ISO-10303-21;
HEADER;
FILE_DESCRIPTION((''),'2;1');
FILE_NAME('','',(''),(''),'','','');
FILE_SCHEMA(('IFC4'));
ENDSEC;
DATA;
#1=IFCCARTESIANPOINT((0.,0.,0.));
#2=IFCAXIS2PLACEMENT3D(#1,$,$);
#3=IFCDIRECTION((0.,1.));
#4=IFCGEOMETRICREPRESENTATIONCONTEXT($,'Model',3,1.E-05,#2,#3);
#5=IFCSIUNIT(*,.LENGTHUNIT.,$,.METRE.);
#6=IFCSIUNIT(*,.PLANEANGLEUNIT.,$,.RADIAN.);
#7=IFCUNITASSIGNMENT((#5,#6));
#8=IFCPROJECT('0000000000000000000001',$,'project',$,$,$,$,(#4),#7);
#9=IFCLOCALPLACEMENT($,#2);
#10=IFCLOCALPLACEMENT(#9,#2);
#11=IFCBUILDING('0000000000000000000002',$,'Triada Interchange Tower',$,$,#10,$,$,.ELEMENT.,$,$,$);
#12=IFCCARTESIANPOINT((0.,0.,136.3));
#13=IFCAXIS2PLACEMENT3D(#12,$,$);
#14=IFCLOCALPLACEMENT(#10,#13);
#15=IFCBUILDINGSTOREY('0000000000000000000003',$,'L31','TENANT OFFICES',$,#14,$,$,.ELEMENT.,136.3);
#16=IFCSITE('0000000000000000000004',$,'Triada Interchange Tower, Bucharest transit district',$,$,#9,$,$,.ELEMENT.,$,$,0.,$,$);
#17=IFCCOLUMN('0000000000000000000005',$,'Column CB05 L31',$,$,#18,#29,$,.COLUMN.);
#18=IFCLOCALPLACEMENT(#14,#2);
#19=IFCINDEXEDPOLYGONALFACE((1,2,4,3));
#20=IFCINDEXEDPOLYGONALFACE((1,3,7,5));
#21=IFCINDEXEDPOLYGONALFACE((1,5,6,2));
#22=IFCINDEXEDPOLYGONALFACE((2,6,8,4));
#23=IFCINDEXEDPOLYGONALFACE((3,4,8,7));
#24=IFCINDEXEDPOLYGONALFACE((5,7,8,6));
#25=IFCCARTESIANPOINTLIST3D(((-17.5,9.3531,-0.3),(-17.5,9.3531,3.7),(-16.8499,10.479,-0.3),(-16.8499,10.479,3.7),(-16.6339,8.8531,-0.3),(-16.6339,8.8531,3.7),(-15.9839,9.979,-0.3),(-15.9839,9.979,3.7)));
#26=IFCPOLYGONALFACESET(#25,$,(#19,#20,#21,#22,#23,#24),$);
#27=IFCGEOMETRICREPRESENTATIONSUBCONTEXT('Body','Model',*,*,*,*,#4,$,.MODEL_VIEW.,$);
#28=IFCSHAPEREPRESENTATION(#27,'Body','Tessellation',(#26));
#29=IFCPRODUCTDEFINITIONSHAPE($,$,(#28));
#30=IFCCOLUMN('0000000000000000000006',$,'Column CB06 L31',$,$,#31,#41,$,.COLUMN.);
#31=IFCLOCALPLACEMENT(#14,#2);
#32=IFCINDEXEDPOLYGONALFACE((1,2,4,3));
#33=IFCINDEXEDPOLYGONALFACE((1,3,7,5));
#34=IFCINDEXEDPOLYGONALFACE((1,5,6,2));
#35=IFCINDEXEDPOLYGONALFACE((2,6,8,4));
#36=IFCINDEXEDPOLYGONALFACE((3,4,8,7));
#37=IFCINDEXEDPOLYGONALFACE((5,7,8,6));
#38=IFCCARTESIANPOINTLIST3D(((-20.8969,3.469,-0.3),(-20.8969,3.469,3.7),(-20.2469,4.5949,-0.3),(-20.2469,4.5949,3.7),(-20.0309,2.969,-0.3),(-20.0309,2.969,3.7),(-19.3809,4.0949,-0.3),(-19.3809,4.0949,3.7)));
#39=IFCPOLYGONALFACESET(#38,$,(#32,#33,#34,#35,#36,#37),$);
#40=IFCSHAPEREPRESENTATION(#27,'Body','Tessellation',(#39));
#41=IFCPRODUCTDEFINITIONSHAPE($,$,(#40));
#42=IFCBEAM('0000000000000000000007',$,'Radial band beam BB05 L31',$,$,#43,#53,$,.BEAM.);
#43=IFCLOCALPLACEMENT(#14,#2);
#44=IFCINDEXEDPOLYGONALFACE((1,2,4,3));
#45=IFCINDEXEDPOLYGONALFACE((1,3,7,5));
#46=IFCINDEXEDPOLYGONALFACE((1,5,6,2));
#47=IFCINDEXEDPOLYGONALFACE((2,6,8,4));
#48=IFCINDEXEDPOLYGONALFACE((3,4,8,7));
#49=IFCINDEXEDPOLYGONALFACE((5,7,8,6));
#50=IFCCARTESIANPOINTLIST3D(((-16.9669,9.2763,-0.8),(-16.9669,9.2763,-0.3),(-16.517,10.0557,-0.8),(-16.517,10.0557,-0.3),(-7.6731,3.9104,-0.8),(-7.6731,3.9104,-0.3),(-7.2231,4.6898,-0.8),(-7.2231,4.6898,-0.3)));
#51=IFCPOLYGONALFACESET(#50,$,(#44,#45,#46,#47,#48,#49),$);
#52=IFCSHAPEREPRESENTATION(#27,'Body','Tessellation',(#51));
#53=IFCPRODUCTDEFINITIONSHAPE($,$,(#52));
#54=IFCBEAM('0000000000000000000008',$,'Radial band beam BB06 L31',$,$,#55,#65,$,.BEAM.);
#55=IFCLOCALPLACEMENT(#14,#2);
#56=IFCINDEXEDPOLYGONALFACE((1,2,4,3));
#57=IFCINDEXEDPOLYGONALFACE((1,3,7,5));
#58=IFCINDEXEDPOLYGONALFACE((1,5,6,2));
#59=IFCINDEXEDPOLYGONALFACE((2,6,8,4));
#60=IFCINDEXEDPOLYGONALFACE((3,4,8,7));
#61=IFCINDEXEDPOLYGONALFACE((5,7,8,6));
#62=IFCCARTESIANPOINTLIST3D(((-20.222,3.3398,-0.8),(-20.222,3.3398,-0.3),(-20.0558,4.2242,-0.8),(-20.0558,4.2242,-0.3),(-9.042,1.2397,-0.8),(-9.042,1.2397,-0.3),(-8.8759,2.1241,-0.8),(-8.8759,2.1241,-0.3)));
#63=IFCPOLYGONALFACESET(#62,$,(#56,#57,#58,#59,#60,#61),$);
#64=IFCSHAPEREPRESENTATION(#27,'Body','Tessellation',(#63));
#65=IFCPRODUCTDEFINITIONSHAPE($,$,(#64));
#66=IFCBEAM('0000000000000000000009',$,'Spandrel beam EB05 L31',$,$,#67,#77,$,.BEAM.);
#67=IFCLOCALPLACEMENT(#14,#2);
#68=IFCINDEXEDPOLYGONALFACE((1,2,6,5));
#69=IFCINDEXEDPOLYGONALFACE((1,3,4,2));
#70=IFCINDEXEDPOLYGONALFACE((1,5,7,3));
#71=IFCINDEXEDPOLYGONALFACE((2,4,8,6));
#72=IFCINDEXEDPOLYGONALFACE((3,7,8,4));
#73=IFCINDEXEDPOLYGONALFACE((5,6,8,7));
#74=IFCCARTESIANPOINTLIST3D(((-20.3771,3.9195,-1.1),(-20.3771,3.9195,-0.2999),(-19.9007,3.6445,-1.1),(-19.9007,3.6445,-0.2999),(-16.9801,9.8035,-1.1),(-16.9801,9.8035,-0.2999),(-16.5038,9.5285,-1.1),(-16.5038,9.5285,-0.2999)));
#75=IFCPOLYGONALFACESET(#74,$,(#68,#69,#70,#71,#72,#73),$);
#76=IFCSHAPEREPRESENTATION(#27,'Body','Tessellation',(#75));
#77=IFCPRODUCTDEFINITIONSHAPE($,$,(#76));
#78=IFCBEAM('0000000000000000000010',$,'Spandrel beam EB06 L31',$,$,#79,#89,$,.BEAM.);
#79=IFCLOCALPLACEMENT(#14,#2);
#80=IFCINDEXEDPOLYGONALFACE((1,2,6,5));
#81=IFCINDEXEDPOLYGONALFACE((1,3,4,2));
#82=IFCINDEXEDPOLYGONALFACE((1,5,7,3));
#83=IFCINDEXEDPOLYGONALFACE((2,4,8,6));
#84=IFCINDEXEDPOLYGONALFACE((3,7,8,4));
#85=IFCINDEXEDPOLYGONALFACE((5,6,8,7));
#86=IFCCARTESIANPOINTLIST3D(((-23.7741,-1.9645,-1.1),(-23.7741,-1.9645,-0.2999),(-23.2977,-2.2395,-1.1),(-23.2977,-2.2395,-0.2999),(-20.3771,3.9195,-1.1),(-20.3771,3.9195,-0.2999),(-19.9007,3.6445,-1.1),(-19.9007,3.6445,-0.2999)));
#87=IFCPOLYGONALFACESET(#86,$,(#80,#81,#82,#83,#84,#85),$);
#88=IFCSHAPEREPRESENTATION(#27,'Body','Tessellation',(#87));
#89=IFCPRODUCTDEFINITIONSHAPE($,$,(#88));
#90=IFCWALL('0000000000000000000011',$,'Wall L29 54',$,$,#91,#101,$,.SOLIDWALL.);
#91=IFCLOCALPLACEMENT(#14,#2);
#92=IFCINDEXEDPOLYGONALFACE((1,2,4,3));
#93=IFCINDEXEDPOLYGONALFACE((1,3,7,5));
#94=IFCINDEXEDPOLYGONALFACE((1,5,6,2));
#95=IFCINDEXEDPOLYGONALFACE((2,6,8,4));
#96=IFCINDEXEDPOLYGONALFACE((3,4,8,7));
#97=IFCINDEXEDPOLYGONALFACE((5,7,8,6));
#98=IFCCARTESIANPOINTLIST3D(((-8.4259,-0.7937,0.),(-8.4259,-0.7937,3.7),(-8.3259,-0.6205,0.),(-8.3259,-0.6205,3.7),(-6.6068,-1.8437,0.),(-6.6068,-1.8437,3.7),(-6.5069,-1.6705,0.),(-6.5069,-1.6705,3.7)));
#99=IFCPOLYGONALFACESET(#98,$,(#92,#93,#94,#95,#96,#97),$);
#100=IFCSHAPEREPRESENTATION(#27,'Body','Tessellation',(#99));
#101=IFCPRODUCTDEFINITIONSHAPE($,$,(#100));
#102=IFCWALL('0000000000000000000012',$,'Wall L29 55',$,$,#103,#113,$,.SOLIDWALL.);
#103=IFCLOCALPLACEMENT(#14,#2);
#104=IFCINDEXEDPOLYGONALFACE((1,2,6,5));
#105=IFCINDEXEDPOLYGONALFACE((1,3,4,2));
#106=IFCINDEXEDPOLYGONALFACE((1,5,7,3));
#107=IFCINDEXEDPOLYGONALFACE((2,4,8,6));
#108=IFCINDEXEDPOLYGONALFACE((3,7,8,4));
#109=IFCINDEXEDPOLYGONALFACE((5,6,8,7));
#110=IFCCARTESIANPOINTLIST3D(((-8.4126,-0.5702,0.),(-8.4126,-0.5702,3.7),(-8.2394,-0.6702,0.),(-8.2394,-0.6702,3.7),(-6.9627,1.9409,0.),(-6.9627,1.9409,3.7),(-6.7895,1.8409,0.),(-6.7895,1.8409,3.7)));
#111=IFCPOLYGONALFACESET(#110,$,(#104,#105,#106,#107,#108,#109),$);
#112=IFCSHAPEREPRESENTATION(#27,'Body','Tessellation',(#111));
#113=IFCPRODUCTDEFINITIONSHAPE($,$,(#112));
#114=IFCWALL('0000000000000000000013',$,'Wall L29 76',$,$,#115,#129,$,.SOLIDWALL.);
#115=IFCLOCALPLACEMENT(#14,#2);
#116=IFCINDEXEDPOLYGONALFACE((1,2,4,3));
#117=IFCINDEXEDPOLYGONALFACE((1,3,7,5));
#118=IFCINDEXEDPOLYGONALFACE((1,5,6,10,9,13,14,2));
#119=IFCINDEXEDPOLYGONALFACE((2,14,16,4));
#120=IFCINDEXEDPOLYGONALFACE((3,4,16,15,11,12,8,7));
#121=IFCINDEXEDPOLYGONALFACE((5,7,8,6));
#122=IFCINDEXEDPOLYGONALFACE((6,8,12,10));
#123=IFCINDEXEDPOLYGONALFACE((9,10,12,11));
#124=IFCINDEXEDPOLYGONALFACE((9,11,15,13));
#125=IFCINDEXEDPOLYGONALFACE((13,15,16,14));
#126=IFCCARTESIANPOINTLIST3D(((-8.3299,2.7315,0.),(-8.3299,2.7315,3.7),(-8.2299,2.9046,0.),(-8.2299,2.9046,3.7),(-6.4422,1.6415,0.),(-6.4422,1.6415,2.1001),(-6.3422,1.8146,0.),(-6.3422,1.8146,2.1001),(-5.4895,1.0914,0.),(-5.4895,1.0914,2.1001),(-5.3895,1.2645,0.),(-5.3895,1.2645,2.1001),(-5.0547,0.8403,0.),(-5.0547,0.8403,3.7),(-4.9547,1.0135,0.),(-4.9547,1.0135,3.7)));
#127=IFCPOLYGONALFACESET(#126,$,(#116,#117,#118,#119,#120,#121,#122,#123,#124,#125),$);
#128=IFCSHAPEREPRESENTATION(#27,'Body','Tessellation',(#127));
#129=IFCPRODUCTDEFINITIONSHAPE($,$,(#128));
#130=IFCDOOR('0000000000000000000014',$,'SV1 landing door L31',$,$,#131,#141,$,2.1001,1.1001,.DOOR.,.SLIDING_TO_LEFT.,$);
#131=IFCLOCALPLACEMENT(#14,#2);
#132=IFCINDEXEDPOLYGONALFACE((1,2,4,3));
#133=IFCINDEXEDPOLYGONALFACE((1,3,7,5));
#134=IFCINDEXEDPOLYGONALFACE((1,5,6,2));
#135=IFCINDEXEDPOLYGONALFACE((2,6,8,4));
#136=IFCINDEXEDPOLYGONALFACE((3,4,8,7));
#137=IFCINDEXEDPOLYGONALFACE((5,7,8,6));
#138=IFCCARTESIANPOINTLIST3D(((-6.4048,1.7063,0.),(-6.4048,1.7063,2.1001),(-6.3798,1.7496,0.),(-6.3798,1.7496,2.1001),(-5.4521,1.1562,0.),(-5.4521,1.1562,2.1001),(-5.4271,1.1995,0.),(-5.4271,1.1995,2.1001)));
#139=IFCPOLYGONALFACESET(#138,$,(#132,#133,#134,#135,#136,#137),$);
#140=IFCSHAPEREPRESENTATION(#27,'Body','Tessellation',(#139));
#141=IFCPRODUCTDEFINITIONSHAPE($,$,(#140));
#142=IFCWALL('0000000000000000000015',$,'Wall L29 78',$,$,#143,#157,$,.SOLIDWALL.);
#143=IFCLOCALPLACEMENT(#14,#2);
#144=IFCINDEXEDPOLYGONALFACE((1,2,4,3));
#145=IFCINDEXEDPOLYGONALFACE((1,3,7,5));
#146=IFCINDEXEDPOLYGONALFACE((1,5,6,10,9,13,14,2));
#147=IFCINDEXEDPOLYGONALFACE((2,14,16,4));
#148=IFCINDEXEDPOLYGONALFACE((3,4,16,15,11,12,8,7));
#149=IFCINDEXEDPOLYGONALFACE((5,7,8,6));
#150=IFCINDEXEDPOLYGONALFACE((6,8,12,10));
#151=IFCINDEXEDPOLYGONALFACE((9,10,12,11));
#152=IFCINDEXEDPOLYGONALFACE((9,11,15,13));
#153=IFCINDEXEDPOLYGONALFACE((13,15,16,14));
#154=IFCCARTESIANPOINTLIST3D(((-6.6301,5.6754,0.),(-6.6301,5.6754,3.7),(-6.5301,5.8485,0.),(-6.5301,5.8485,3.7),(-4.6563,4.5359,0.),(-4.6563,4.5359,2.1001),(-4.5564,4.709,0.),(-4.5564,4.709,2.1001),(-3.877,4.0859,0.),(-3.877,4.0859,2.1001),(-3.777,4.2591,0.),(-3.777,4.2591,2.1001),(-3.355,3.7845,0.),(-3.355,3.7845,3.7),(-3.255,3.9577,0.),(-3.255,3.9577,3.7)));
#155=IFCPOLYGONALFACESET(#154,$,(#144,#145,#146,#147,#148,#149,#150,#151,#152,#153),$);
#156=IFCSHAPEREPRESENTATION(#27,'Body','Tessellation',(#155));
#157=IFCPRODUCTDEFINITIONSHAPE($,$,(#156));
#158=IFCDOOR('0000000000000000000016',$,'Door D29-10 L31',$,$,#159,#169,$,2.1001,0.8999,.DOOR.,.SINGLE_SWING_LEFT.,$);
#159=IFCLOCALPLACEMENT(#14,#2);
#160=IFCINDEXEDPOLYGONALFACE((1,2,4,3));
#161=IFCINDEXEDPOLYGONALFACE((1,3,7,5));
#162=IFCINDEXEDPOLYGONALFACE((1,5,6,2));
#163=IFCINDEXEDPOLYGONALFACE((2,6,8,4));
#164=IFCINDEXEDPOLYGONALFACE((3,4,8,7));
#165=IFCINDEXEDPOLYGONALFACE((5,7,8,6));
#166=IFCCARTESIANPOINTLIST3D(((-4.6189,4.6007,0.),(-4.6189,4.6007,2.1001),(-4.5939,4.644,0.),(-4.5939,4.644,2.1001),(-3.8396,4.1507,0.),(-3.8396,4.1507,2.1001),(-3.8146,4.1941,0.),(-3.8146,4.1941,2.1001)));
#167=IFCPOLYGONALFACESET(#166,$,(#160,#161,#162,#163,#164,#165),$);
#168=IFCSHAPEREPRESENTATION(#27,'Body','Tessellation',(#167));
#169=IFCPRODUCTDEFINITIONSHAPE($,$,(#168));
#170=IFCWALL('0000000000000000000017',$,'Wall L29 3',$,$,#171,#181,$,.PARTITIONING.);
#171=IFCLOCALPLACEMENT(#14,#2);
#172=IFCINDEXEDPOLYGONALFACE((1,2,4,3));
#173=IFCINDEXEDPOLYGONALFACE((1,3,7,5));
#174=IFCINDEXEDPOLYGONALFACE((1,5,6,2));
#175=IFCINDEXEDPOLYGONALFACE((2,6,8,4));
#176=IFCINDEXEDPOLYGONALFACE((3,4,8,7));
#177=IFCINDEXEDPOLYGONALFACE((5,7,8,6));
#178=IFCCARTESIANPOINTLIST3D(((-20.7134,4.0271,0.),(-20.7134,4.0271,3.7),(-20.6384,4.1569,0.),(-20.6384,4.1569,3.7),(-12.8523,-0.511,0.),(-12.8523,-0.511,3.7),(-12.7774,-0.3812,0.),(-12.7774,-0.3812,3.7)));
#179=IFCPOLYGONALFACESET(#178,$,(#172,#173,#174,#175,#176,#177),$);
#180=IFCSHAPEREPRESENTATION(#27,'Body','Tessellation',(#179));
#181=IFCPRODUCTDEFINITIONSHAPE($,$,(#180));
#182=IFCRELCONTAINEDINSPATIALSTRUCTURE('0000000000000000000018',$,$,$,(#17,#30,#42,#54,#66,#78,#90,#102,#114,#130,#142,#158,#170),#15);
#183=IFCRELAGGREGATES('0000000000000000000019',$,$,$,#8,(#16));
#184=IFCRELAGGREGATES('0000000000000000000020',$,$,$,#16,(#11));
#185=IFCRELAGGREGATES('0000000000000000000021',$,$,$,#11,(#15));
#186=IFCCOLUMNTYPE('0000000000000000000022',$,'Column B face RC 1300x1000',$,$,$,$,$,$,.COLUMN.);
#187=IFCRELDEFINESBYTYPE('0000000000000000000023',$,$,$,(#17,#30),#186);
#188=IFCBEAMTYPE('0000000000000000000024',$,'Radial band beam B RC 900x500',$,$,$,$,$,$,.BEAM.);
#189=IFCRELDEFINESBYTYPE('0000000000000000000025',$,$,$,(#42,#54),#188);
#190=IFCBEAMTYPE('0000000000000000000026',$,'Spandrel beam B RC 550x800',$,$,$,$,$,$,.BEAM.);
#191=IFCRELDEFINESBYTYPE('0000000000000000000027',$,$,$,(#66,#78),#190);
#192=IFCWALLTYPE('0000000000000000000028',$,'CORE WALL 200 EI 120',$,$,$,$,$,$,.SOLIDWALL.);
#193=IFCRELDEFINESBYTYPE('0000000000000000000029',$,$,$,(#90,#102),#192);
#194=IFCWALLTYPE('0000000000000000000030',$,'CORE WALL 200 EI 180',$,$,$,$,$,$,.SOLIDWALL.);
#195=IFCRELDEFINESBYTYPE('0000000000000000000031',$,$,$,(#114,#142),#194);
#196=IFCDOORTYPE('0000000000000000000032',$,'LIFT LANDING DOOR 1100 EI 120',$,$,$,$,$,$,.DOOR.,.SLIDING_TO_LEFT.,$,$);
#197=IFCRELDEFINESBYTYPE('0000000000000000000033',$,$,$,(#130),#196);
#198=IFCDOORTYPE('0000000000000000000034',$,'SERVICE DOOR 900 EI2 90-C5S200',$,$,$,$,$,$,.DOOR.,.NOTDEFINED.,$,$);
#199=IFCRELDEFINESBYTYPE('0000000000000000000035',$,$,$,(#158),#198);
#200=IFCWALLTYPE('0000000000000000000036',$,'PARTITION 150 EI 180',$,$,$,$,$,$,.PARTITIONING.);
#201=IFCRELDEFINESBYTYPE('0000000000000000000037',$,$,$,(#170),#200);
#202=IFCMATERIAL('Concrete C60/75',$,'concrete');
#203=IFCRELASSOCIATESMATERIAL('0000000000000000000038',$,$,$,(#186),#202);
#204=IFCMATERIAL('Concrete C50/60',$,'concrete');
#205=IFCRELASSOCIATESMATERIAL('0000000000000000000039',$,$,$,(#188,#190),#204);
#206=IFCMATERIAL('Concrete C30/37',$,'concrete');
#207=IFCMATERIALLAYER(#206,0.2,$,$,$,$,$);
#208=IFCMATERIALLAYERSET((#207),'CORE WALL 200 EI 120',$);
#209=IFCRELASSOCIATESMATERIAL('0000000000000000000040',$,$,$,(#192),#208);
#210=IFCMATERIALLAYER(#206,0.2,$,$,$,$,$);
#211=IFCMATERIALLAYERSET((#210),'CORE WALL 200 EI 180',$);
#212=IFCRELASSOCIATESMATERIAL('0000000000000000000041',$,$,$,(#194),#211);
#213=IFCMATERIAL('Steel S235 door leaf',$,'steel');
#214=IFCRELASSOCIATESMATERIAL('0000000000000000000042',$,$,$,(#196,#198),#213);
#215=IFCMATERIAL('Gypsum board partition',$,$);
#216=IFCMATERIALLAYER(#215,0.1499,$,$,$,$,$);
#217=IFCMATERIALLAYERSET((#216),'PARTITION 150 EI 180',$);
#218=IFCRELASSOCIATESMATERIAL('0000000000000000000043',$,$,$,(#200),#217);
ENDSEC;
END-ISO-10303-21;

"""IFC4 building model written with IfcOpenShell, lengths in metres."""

from ifc_helpers import new_model, si_unit, direction, frame, frame_2d, origin, origin_2d, place, context, subcontext, project, spatial, rectangle, extrude, material, layer, layer_set, material_profile, profile_set, type_object, element, fill, save


model = new_model("IFC4")

# Units and contexts
model_context = context("Model", 3, precision=1e-05, world=origin(), true_north=direction((0.0, 1.0)))
body_context = subcontext(model_context, "Body", "Model", "MODEL_VIEW")
ifc_project = project(units=[si_unit("LENGTHUNIT", "METRE"), si_unit("PLANEANGLEUNIT", "RADIAN")], contexts=[model_context])

# Site, building, storey
site_placement = place(None, origin())
site = spatial("IfcSite", under=ifc_project, at=site_placement, Name="Triada Interchange Tower, Bucharest transit district", CompositionType="ELEMENT", RefElevation=0.0)
building_placement = place(site_placement, origin())
building = spatial("IfcBuilding", under=site, at=building_placement, Name="Triada Interchange Tower", CompositionType="ELEMENT")
storey_placement = place(building_placement, frame((0.0, 0.0, 136.3)))
storey = spatial("IfcBuildingStorey", under=building, at=storey_placement, Name="L31", Description="TENANT OFFICES", CompositionType="ELEMENT", Elevation=136.3)

# Columns
ifc_material_1 = material(Name="Concrete C60/75", Category="concrete")
ifc_material_profile_1 = material_profile(ifc_material_1, rectangle(XDim=1.3, YDim=1.0, at=origin_2d()), Name="RC 1300x1000")
ifc_profile_set_1 = profile_set([ifc_material_profile_1], Name="Concrete C60/75")
column_type = type_object("IfcColumnType", Name="Column B face RC 1300x1000", PredefinedType="COLUMN", material=ifc_profile_set_1)
for number, where, z_axis, x_axis, name in (
    (1, (-16.7419, 9.666, -0.3), (0.0, 0.0, 1.0), (0.5, 0.866025, 0.0), "Column CB05 L31"),
    (2, (-20.1389, 3.782, -0.3), (0.0, 0.0, 1.0), (0.5, 0.866025, 0.0), "Column CB06 L31"),
):
    element("IfcColumn", number, at=place(storey_placement, frame(where, z_axis=z_axis, x_axis=x_axis)), inside=storey, type_object=column_type, Name=name, PredefinedType="COLUMN", context=body_context, shape_type="SweptSolid", body=[
        extrude(rectangle(XDim=1.3, YDim=1.0, at=origin_2d()), origin(), (0.0, 0.0, 1.0), 4.0),
    ])

# Beams
ifc_material_2 = material(Name="Concrete C50/60", Category="concrete")
ifc_material_profile_2 = material_profile(ifc_material_2, rectangle(XDim=0.8999, YDim=0.5, at=origin_2d()), Name="RC 900x500")
ifc_profile_set_2 = profile_set([ifc_material_profile_2], Name="Concrete C50/60")
beam_type_1 = type_object("IfcBeamType", Name="Radial band beam B RC 900x500", PredefinedType="BEAM", material=ifc_profile_set_2)
beam_1_placement = place(storey_placement, frame((-16.7419, 9.666, -0.55), z_axis=(0.866021, -0.500007, 0.0), x_axis=(0.500007, 0.866021, 0.0)))
element("IfcBeam", 3, at=beam_1_placement, inside=storey, type_object=beam_type_1, Name="Radial band beam BB05 L31", PredefinedType="BEAM", context=body_context, shape_type="SweptSolid", body=[
    extrude(rectangle(XDim=0.8999, YDim=0.5, at=origin_2d()), origin(), (0.0, 0.0, 1.0), 10.7317),
])
beam_2_placement = place(storey_placement, frame((-20.1389, 3.782, -0.55), z_axis=(0.982811, -0.184616, 0.0), x_axis=(0.184616, 0.982811, 0.0)))
element("IfcBeam", 4, at=beam_2_placement, inside=storey, type_object=beam_type_1, Name="Radial band beam BB06 L31", PredefinedType="BEAM", context=body_context, shape_type="SweptSolid", body=[
    extrude(rectangle(XDim=0.8999, YDim=0.5, at=origin_2d()), origin(), (0.0, 0.0, 1.0), 11.3755),
])
ifc_material_profile_3 = material_profile(ifc_material_2, rectangle(XDim=0.55, YDim=0.8, at=origin_2d()), Name="RC 550x800")
ifc_profile_set_3 = profile_set([ifc_material_profile_3], Name="Concrete C50/60")
beam_type_2 = type_object("IfcBeamType", Name="Spandrel beam B RC 550x800", PredefinedType="BEAM", material=ifc_profile_set_3)
for number, where, z_axis, x_axis, name in (
    (5, (-16.7419, 9.666, -0.7), (-0.499981, -0.866037, 0.0), (0.866037, -0.499981, 0.0), "Spandrel beam EB05 L31"),
    (6, (-20.1389, 3.782, -0.7), (-0.499981, -0.866037, 0.0), (0.866037, -0.499981, 0.0), "Spandrel beam EB06 L31"),
):
    element("IfcBeam", number, at=place(storey_placement, frame(where, z_axis=z_axis, x_axis=x_axis)), inside=storey, type_object=beam_type_2, Name=name, PredefinedType="BEAM", context=body_context, shape_type="SweptSolid", body=[
        extrude(rectangle(XDim=0.55, YDim=0.8, at=origin_2d()), origin(), (0.0, 0.0, 1.0), 6.7942),
    ])

# Walls
ifc_material_3 = material(Name="Concrete C30/37", Category="concrete")
ifc_layer_1 = layer(ifc_material_3, 0.2)
ifc_layer_set_1 = layer_set([ifc_layer_1], Name="CORE WALL 200 EI 120")
wall_type_1 = type_object("IfcWallType", Name="CORE WALL 200 EI 120", PredefinedType="SOLIDWALL", material=ifc_layer_set_1)
wall_1_placement = place(storey_placement, frame((-8.376, -0.707, 0.0), z_axis=(0.0, 0.0, 1.0), x_axis=(0.866068, -0.499927, 0.0)))
element("IfcWall", 7, at=wall_1_placement, inside=storey, type_object=wall_type_1, Name="Wall L29 54", PredefinedType="SOLIDWALL", context=body_context, shape_type="SweptSolid", body=[
    extrude(rectangle(XDim=2.1003, YDim=0.2, at=frame_2d((1.0503, 0.0))), origin(), (0.0, 0.0, 1.0), 3.7),
])
wall_2_placement = place(storey_placement, frame((-8.3259, -0.6201, 0.0), z_axis=(0.0, 0.0, 1.0), x_axis=(0.500024, 0.866012, 0.0)))
element("IfcWall", 8, at=wall_2_placement, inside=storey, type_object=wall_type_1, Name="Wall L29 55", PredefinedType="SOLIDWALL", context=body_context, shape_type="SweptSolid", body=[
    extrude(rectangle(XDim=2.8997, YDim=0.2, at=frame_2d((1.4497, 0.0))), origin(), (0.0, 0.0, 1.0), 3.7),
])

# Walls, openings, doors
ifc_layer_2 = layer(ifc_material_3, 0.2)
ifc_layer_set_2 = layer_set([ifc_layer_2], Name="CORE WALL 200 EI 180")
wall_type_2 = type_object("IfcWallType", Name="CORE WALL 200 EI 180", PredefinedType="SOLIDWALL", material=ifc_layer_set_2)
wall_3_placement = place(storey_placement, frame((-8.28, 2.8181, 0.0), z_axis=(0.0, 0.0, 1.0), x_axis=(0.866002, -0.500041, 0.0)))
wall_3 = element("IfcWall", 9, at=wall_3_placement, inside=storey, type_object=wall_type_2, Name="Wall L29 76", PredefinedType="SOLIDWALL", context=body_context, shape_type="SweptSolid", body=[
    extrude(rectangle(XDim=3.782, YDim=0.2, at=frame_2d((1.8911, 0.0))), origin(), (0.0, 0.0, 1.0), 3.7),
])
opening_1_placement = place(wall_3_placement, frame((2.1799, 0.0, 0.0)))
opening_1 = element("IfcOpeningElement", 10, at=opening_1_placement, cuts=wall_3, PredefinedType="OPENING", context=body_context, shape_type="SweptSolid", body=[
    extrude(rectangle(XDim=1.1001, YDim=2.1001, at=frame_2d((0.55, 1.05))), frame((0.0, 0.1099, 0.0), z_axis=(0.0, -1.0, 0.0), x_axis=(1.0, 0.0, 0.0)), (0.0, 0.0, 1.0), 0.22),
])
ifc_material_4 = material(Name="Steel S235 door leaf", Category="steel")
door_type_1 = type_object("IfcDoorType", Name="LIFT LANDING DOOR 1100 EI 120", OperationType="SLIDING_TO_LEFT", PredefinedType="DOOR", material=ifc_material_4)
door_1_placement = place(opening_1_placement, origin())
door_1 = element("IfcDoor", 11, at=door_1_placement, inside=storey, type_object=door_type_1, Name="SV1 landing door L31", OperationType="SLIDING_TO_LEFT", OverallHeight=2.1001, OverallWidth=1.1001, PredefinedType="DOOR", context=body_context, shape_type="SweptSolid", body=[
    extrude(rectangle(XDim=1.1001, YDim=2.1001, at=frame_2d((0.55, 1.05))), frame((0.0, 0.0249, 0.0), z_axis=(0.0, -1.0, 0.0), x_axis=(1.0, 0.0, 0.0)), (0.0, 0.0, 1.0), 0.05),
])
fill(opening_1, door_1)
wall_4_placement = place(storey_placement, frame((-6.5801, 5.762, 0.0), z_axis=(0.0, 0.0, 1.0), x_axis=(0.86603, -0.499993, 0.0)))
wall_4 = element("IfcWall", 12, at=wall_4_placement, inside=storey, type_object=wall_type_2, Name="Wall L29 78", PredefinedType="SOLIDWALL", context=body_context, shape_type="SweptSolid", body=[
    extrude(rectangle(XDim=3.7817, YDim=0.2, at=frame_2d((1.8909, 0.0))), origin(), (0.0, 0.0, 1.0), 3.7),
])
opening_2_placement = place(wall_4_placement, frame((2.2791, 0.0, 0.0)))
opening_2 = element("IfcOpeningElement", 13, at=opening_2_placement, cuts=wall_4, PredefinedType="OPENING", context=body_context, shape_type="SweptSolid", body=[
    extrude(rectangle(XDim=0.8999, YDim=2.1001, at=frame_2d((0.45, 1.05))), frame((0.0, 0.1099, 0.0), z_axis=(0.0, -1.0, 0.0), x_axis=(1.0, 0.0, 0.0)), (0.0, 0.0, 1.0), 0.22),
])
door_type_2 = type_object("IfcDoorType", Name="SERVICE DOOR 900 EI2 90-C5S200", OperationType="NOTDEFINED", PredefinedType="DOOR", material=ifc_material_4)
door_2_placement = place(opening_2_placement, origin())
door_2 = element("IfcDoor", 14, at=door_2_placement, inside=storey, type_object=door_type_2, Name="Door D29-10 L31", OperationType="SINGLE_SWING_LEFT", OverallHeight=2.1001, OverallWidth=0.8999, PredefinedType="DOOR", context=body_context, shape_type="SweptSolid", body=[
    extrude(rectangle(XDim=0.8999, YDim=2.1001, at=frame_2d((0.45, 1.05))), frame((0.0, 0.0249, 0.0), z_axis=(0.0, -1.0, 0.0), x_axis=(1.0, 0.0, 0.0)), (0.0, 0.0, 1.0), 0.05),
])
fill(opening_2, door_2)

# Wall
ifc_material_5 = material(Name="Gypsum board partition")
ifc_layer_3 = layer(ifc_material_5, 0.1499)
ifc_layer_set_3 = layer_set([ifc_layer_3], Name="PARTITION 150 EI 180")
wall_type_3 = type_object("IfcWallType", Name="PARTITION 150 EI 180", PredefinedType="PARTITIONING", material=ifc_layer_set_3)
wall_5_placement = place(storey_placement, frame((-20.676, 4.092, 0.0), z_axis=(0.0, 0.0, 1.0), x_axis=(0.86605, -0.499958, 0.0)))
element("IfcWall", 15, at=wall_5_placement, inside=storey, type_object=wall_type_3, Name="Wall L29 3", PredefinedType="PARTITIONING", context=body_context, shape_type="SweptSolid", body=[
    extrude(rectangle(XDim=9.0769, YDim=0.1499, at=frame_2d((4.5386, 0.0))), origin(), (0.0, 0.0, 1.0), 3.7),
])

save(model, "model.ifc")
